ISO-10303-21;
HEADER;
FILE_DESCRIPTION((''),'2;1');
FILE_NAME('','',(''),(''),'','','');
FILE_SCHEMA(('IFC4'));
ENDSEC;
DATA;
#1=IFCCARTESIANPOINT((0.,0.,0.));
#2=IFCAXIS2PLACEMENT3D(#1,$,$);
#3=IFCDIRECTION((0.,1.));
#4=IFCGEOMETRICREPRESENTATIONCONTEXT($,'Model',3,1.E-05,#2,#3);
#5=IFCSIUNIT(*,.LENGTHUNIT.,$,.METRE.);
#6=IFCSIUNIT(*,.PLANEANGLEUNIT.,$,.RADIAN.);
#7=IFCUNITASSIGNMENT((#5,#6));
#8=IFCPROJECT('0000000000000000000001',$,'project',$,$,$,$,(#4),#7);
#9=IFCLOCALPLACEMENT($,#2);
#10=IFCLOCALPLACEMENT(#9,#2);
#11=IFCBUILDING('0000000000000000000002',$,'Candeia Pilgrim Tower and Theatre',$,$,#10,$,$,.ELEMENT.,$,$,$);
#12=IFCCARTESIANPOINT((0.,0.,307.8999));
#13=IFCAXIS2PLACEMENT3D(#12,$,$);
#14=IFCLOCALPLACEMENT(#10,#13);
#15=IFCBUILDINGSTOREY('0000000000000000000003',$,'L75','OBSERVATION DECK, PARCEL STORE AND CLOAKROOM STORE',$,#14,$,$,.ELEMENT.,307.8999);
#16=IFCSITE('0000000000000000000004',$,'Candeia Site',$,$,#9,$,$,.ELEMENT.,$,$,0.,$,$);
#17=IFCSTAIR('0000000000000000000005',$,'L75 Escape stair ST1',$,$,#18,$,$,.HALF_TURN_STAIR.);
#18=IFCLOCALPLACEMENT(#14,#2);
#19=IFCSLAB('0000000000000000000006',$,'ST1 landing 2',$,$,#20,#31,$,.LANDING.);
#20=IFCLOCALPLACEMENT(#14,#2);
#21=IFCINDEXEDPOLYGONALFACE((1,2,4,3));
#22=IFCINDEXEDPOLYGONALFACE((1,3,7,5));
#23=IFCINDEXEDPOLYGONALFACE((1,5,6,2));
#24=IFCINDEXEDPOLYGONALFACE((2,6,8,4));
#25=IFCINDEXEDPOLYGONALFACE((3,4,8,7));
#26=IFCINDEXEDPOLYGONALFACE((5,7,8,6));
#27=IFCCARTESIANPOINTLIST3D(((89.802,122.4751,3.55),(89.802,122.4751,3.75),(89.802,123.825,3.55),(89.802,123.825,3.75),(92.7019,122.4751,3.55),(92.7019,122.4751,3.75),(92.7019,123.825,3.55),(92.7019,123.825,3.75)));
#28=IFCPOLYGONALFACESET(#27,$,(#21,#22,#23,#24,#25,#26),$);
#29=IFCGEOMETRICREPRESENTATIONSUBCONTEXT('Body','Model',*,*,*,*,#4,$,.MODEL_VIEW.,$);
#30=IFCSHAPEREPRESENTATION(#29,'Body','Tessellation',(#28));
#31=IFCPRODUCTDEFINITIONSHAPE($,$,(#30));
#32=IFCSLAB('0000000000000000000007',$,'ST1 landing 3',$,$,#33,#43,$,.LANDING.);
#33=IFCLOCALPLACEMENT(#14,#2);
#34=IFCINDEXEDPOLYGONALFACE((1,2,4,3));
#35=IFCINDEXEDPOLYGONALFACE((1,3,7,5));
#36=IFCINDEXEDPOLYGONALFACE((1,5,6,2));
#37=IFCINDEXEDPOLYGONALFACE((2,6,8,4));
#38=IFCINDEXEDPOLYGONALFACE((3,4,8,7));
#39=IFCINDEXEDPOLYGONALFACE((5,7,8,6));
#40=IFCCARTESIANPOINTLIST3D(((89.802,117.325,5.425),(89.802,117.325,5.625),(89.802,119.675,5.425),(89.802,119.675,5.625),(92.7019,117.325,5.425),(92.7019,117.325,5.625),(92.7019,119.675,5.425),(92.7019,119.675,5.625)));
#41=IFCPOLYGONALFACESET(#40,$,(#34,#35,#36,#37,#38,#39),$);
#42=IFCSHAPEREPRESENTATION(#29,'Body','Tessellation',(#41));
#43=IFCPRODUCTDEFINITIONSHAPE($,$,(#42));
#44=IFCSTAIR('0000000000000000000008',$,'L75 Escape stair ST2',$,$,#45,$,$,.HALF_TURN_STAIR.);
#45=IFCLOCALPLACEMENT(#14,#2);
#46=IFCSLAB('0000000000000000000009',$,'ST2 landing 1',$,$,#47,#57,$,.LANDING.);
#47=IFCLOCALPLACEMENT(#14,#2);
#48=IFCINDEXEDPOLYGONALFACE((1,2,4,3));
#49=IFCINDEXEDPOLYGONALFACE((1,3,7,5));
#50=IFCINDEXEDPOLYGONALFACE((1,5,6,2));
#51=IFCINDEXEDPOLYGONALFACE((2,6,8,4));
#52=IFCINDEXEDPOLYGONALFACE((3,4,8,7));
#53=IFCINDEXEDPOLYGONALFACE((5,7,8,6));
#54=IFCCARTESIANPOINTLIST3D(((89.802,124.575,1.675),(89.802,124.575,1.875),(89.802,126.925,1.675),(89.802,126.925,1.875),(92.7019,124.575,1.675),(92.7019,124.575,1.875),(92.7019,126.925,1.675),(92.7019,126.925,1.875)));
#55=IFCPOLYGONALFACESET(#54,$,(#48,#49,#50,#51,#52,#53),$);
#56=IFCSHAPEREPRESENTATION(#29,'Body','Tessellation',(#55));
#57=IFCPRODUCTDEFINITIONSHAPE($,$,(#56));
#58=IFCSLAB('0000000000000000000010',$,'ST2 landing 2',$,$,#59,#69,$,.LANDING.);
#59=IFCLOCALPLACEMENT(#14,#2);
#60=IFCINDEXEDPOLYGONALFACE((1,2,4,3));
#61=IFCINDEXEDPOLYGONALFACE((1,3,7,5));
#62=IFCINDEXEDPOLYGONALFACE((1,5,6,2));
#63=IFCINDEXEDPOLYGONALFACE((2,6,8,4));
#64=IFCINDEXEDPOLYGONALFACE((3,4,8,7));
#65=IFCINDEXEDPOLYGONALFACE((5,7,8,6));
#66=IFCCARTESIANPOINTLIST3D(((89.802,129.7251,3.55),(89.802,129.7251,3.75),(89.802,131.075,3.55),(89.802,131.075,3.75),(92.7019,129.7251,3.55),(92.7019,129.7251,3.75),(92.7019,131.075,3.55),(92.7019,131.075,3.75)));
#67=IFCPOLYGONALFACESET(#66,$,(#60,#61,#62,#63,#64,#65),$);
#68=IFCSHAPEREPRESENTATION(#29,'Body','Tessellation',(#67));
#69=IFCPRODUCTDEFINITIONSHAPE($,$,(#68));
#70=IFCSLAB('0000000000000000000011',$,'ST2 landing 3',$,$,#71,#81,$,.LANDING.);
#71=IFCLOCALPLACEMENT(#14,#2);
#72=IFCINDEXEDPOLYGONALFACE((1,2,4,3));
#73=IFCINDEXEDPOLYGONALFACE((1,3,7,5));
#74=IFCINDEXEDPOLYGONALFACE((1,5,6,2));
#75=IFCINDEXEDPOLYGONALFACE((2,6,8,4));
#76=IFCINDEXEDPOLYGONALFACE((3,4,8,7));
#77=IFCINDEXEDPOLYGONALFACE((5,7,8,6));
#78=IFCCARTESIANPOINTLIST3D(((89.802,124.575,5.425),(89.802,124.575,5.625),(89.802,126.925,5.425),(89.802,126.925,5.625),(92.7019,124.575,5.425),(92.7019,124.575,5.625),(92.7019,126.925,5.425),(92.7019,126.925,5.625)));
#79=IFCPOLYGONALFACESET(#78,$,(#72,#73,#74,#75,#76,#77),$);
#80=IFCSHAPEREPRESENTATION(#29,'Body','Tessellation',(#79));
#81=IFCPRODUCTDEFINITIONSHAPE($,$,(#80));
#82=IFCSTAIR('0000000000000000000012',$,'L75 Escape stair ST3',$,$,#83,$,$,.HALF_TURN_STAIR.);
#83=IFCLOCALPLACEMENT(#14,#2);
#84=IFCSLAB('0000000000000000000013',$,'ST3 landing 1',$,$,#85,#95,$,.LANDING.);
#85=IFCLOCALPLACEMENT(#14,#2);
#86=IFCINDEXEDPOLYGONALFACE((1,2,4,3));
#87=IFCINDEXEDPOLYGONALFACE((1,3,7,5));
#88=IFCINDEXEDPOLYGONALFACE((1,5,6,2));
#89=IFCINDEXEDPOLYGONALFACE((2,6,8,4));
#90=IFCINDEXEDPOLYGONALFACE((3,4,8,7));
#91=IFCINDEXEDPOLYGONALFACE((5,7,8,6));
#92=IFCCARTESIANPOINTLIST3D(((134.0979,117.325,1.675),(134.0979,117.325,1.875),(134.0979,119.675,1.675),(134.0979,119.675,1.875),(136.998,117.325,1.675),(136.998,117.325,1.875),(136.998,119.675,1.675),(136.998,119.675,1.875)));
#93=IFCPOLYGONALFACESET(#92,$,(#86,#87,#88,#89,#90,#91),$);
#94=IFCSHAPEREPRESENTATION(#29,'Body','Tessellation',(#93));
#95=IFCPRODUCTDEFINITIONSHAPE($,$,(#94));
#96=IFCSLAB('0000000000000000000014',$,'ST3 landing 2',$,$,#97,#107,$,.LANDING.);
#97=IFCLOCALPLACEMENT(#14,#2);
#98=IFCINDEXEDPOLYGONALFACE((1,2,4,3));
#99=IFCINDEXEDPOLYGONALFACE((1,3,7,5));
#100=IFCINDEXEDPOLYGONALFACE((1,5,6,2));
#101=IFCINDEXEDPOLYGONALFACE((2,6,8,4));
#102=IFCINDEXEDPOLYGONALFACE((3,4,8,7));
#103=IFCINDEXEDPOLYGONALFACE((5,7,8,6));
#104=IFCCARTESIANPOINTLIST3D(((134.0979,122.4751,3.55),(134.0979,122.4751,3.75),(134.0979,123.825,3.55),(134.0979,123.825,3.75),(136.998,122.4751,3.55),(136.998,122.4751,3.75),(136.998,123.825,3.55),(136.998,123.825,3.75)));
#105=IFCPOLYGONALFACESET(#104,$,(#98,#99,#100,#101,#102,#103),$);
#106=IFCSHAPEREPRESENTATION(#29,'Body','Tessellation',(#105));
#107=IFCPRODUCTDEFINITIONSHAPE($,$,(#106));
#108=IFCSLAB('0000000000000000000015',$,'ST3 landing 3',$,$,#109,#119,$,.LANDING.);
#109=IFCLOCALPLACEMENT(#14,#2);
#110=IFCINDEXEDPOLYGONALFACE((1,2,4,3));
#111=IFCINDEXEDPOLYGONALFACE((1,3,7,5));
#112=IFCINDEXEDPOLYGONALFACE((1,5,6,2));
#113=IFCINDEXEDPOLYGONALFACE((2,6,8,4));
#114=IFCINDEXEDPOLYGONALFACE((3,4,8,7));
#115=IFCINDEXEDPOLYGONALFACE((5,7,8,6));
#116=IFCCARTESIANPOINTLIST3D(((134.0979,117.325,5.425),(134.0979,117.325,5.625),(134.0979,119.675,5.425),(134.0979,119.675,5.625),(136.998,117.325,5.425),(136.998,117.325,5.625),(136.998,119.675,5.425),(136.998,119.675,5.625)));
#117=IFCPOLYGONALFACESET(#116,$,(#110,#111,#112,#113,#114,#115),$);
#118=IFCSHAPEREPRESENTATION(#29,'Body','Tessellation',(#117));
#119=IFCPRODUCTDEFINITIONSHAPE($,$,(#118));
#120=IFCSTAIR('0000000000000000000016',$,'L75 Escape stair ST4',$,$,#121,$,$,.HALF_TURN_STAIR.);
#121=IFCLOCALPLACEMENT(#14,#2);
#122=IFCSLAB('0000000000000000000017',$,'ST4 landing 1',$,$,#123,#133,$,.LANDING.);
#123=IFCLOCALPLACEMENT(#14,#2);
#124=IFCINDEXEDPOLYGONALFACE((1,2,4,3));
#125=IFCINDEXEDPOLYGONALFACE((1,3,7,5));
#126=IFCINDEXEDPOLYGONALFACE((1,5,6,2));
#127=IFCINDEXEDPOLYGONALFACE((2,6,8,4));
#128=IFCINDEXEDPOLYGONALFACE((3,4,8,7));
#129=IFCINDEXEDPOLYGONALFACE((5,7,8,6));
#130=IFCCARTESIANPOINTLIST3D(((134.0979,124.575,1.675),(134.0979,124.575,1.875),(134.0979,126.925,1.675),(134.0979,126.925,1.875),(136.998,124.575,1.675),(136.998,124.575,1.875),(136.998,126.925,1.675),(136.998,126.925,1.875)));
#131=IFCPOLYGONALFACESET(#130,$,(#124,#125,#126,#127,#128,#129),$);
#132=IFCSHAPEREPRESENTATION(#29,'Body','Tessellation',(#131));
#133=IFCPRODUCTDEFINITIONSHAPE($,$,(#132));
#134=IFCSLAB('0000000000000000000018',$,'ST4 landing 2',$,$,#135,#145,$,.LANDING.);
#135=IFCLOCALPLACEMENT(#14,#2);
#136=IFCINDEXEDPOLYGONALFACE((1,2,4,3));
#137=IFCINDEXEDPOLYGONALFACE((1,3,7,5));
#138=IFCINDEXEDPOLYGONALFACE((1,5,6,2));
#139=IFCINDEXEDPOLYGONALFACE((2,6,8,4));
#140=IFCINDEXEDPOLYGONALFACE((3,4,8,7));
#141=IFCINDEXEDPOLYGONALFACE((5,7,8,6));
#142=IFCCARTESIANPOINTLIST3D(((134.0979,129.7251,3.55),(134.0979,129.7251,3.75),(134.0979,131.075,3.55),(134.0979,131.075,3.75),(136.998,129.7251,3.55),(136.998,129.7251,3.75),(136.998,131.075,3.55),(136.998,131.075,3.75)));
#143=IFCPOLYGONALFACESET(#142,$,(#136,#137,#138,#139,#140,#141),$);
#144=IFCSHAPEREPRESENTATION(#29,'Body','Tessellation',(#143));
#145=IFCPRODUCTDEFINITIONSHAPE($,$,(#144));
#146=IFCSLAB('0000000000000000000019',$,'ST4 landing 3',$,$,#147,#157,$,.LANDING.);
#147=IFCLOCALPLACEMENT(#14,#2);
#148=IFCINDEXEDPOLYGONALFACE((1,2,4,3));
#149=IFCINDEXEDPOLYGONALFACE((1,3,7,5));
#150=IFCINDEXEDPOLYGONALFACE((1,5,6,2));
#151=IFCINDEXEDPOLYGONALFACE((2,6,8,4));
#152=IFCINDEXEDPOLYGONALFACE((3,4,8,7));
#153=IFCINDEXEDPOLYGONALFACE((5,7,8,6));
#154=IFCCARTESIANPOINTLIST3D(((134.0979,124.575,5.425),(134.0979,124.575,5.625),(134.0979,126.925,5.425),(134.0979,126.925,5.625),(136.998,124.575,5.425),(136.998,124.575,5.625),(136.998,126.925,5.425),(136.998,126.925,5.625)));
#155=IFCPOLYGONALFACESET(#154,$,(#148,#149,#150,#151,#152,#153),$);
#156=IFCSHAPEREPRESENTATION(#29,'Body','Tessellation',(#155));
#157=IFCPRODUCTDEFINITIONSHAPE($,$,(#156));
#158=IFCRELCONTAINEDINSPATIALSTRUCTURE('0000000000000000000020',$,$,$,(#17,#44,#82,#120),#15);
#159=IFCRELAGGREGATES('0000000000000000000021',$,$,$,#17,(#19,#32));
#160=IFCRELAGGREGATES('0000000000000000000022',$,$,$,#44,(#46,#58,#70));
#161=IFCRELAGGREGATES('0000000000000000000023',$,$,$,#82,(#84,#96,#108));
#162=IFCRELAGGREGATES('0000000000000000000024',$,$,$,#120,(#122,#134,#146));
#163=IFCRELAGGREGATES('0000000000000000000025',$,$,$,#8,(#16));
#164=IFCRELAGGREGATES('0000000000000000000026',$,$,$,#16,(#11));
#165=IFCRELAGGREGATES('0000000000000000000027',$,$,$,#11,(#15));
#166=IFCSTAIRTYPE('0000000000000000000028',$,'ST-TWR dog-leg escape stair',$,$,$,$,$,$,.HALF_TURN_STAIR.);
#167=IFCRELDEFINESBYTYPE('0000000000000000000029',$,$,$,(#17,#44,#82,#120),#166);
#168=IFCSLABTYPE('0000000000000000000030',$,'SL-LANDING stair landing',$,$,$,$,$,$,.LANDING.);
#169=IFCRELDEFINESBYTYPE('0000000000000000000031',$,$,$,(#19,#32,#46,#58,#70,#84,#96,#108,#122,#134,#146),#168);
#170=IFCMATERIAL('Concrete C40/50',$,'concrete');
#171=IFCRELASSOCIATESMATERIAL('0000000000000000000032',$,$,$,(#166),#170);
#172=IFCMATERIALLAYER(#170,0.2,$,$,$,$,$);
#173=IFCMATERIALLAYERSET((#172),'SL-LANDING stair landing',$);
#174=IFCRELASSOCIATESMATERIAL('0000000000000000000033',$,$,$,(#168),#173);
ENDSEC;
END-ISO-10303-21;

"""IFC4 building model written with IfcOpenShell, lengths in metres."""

from ifc_helpers import new_model, si_unit, direction, frame, origin, place, context, subcontext, project, spatial, polyline, outline, extrude, material, layer, layer_set, type_object, element, aggregate, save


model = new_model("IFC4")

# Units and contexts
model_context = context("Model", 3, precision=1e-05, world=origin(), true_north=direction((0.0, 1.0)))
body_context = subcontext(model_context, "Body", "Model", "MODEL_VIEW")
ifc_project = project(units=[si_unit("LENGTHUNIT", "METRE"), si_unit("PLANEANGLEUNIT", "RADIAN")], contexts=[model_context])

# Site, building, storey
site_placement = place(None, origin())
site = spatial("IfcSite", under=ifc_project, at=site_placement, Name="Candeia Site", CompositionType="ELEMENT", RefElevation=0.0)
building_placement = place(site_placement, origin())
building = spatial("IfcBuilding", under=site, at=building_placement, Name="Candeia Pilgrim Tower and Theatre", CompositionType="ELEMENT")
storey_placement = place(building_placement, frame((0.0, 0.0, 307.8999)))
storey = spatial("IfcBuildingStorey", under=building, at=storey_placement, Name="L75", Description="OBSERVATION DECK, PARCEL STORE AND CLOAKROOM STORE", CompositionType="ELEMENT", Elevation=307.8999)

# Shared definitions
ifc_material_1 = material(Name="Concrete C40/50", Category="concrete")

# Stairs, slabs
stair_type = type_object("IfcStairType", Name="ST-TWR dog-leg escape stair", PredefinedType="HALF_TURN_STAIR", material=ifc_material_1)
stair_1_placement = place(storey_placement, origin())
stair_1 = element("IfcStair", 1, at=stair_1_placement, inside=storey, type_object=stair_type, Name="L75 Escape stair ST1", PredefinedType="HALF_TURN_STAIR")
ifc_layer_1 = layer(ifc_material_1, 0.2)
ifc_layer_set_1 = layer_set([ifc_layer_1], Name="SL-LANDING stair landing")
slab_type_1 = type_object("IfcSlabType", Name="SL-LANDING stair landing", PredefinedType="LANDING", material=ifc_layer_set_1)
slab_1_placement = place(storey_placement, frame((0.0, 0.0, 3.55)))
slab_1 = element("IfcSlab", 2, at=slab_1_placement, type_object=slab_type_1, Name="ST1 landing 2", PredefinedType="LANDING", context=body_context, shape_type="SweptSolid", body=[
    extrude(outline(polyline([(89.802, 123.825), (89.802, 122.4751), (92.7019, 122.4751), (92.7019, 123.825), (89.802, 123.825)])), origin(), (0.0, 0.0, 1.0), 0.2),
])
slab_2_placement = place(storey_placement, frame((0.0, 0.0, 5.425)))
slab_2 = element("IfcSlab", 3, at=slab_2_placement, type_object=slab_type_1, Name="ST1 landing 3", PredefinedType="LANDING", context=body_context, shape_type="SweptSolid", body=[
    extrude(outline(polyline([(89.802, 119.675), (89.802, 117.325), (92.7019, 117.325), (92.7019, 119.675), (89.802, 119.675)])), origin(), (0.0, 0.0, 1.0), 0.2),
])
aggregate(stair_1, [slab_1, slab_2])
stair_2_placement = place(storey_placement, origin())
stair_2 = element("IfcStair", 4, at=stair_2_placement, inside=storey, type_object=stair_type, Name="L75 Escape stair ST2", PredefinedType="HALF_TURN_STAIR")
slab_3_placement = place(storey_placement, frame((0.0, 0.0, 1.675)))
slab_3 = element("IfcSlab", 5, at=slab_3_placement, type_object=slab_type_1, Name="ST2 landing 1", PredefinedType="LANDING", context=body_context, shape_type="SweptSolid", body=[
    extrude(outline(polyline([(89.802, 126.925), (89.802, 124.575), (92.7019, 124.575), (92.7019, 126.925), (89.802, 126.925)])), origin(), (0.0, 0.0, 1.0), 0.2),
])
slab_4_placement = place(storey_placement, frame((0.0, 0.0, 3.55)))
slab_4 = element("IfcSlab", 6, at=slab_4_placement, type_object=slab_type_1, Name="ST2 landing 2", PredefinedType="LANDING", context=body_context, shape_type="SweptSolid", body=[
    extrude(outline(polyline([(89.802, 131.075), (89.802, 129.7251), (92.7019, 129.7251), (92.7019, 131.075), (89.802, 131.075)])), origin(), (0.0, 0.0, 1.0), 0.2),
])
slab_5_placement = place(storey_placement, frame((0.0, 0.0, 5.425)))
slab_5 = element("IfcSlab", 7, at=slab_5_placement, type_object=slab_type_1, Name="ST2 landing 3", PredefinedType="LANDING", context=body_context, shape_type="SweptSolid", body=[
    extrude(outline(polyline([(89.802, 126.925), (89.802, 124.575), (92.7019, 124.575), (92.7019, 126.925), (89.802, 126.925)])), origin(), (0.0, 0.0, 1.0), 0.2),
])
aggregate(stair_2, [slab_3, slab_4, slab_5])
stair_3_placement = place(storey_placement, origin())
stair_3 = element("IfcStair", 8, at=stair_3_placement, inside=storey, type_object=stair_type, Name="L75 Escape stair ST3", PredefinedType="HALF_TURN_STAIR")
slab_6_placement = place(storey_placement, frame((0.0, 0.0, 1.675)))
slab_6 = element("IfcSlab", 9, at=slab_6_placement, type_object=slab_type_1, Name="ST3 landing 1", PredefinedType="LANDING", context=body_context, shape_type="SweptSolid", body=[
    extrude(outline(polyline([(134.0979, 119.675), (134.0979, 117.325), (136.998, 117.325), (136.998, 119.675), (134.0979, 119.675)])), origin(), (0.0, 0.0, 1.0), 0.2),
])
slab_7_placement = place(storey_placement, frame((0.0, 0.0, 3.55)))
slab_7 = element("IfcSlab", 10, at=slab_7_placement, type_object=slab_type_1, Name="ST3 landing 2", PredefinedType="LANDING", context=body_context, shape_type="SweptSolid", body=[
    extrude(outline(polyline([(134.0979, 123.825), (134.0979, 122.4751), (136.998, 122.4751), (136.998, 123.825), (134.0979, 123.825)])), origin(), (0.0, 0.0, 1.0), 0.2),
])
slab_8_placement = place(storey_placement, frame((0.0, 0.0, 5.425)))
slab_8 = element("IfcSlab", 11, at=slab_8_placement, type_object=slab_type_1, Name="ST3 landing 3", PredefinedType="LANDING", context=body_context, shape_type="SweptSolid", body=[
    extrude(outline(polyline([(134.0979, 119.675), (134.0979, 117.325), (136.998, 117.325), (136.998, 119.675), (134.0979, 119.675)])), origin(), (0.0, 0.0, 1.0), 0.2),
])
aggregate(stair_3, [slab_6, slab_7, slab_8])
stair_4_placement = place(storey_placement, origin())
stair_4 = element("IfcStair", 12, at=stair_4_placement, inside=storey, type_object=stair_type, Name="L75 Escape stair ST4", PredefinedType="HALF_TURN_STAIR")
slab_9_placement = place(storey_placement, frame((0.0, 0.0, 1.675)))
slab_9 = element("IfcSlab", 13, at=slab_9_placement, type_object=slab_type_1, Name="ST4 landing 1", PredefinedType="LANDING", context=body_context, shape_type="SweptSolid", body=[
    extrude(outline(polyline([(134.0979, 126.925), (134.0979, 124.575), (136.998, 124.575), (136.998, 126.925), (134.0979, 126.925)])), origin(), (0.0, 0.0, 1.0), 0.2),
])
slab_10_placement = place(storey_placement, frame((0.0, 0.0, 3.55)))
slab_10 = element("IfcSlab", 14, at=slab_10_placement, type_object=slab_type_1, Name="ST4 landing 2", PredefinedType="LANDING", context=body_context, shape_type="SweptSolid", body=[
    extrude(outline(polyline([(134.0979, 131.075), (134.0979, 129.7251), (136.998, 129.7251), (136.998, 131.075), (134.0979, 131.075)])), origin(), (0.0, 0.0, 1.0), 0.2),
])
slab_11_placement = place(storey_placement, frame((0.0, 0.0, 5.425)))
slab_11 = element("IfcSlab", 15, at=slab_11_placement, type_object=slab_type_1, Name="ST4 landing 3", PredefinedType="LANDING", context=body_context, shape_type="SweptSolid", body=[
    extrude(outline(polyline([(134.0979, 126.925), (134.0979, 124.575), (136.998, 124.575), (136.998, 126.925), (134.0979, 126.925)])), origin(), (0.0, 0.0, 1.0), 0.2),
])
aggregate(stair_4, [slab_9, slab_10, slab_11])

save(model, "model.ifc")
